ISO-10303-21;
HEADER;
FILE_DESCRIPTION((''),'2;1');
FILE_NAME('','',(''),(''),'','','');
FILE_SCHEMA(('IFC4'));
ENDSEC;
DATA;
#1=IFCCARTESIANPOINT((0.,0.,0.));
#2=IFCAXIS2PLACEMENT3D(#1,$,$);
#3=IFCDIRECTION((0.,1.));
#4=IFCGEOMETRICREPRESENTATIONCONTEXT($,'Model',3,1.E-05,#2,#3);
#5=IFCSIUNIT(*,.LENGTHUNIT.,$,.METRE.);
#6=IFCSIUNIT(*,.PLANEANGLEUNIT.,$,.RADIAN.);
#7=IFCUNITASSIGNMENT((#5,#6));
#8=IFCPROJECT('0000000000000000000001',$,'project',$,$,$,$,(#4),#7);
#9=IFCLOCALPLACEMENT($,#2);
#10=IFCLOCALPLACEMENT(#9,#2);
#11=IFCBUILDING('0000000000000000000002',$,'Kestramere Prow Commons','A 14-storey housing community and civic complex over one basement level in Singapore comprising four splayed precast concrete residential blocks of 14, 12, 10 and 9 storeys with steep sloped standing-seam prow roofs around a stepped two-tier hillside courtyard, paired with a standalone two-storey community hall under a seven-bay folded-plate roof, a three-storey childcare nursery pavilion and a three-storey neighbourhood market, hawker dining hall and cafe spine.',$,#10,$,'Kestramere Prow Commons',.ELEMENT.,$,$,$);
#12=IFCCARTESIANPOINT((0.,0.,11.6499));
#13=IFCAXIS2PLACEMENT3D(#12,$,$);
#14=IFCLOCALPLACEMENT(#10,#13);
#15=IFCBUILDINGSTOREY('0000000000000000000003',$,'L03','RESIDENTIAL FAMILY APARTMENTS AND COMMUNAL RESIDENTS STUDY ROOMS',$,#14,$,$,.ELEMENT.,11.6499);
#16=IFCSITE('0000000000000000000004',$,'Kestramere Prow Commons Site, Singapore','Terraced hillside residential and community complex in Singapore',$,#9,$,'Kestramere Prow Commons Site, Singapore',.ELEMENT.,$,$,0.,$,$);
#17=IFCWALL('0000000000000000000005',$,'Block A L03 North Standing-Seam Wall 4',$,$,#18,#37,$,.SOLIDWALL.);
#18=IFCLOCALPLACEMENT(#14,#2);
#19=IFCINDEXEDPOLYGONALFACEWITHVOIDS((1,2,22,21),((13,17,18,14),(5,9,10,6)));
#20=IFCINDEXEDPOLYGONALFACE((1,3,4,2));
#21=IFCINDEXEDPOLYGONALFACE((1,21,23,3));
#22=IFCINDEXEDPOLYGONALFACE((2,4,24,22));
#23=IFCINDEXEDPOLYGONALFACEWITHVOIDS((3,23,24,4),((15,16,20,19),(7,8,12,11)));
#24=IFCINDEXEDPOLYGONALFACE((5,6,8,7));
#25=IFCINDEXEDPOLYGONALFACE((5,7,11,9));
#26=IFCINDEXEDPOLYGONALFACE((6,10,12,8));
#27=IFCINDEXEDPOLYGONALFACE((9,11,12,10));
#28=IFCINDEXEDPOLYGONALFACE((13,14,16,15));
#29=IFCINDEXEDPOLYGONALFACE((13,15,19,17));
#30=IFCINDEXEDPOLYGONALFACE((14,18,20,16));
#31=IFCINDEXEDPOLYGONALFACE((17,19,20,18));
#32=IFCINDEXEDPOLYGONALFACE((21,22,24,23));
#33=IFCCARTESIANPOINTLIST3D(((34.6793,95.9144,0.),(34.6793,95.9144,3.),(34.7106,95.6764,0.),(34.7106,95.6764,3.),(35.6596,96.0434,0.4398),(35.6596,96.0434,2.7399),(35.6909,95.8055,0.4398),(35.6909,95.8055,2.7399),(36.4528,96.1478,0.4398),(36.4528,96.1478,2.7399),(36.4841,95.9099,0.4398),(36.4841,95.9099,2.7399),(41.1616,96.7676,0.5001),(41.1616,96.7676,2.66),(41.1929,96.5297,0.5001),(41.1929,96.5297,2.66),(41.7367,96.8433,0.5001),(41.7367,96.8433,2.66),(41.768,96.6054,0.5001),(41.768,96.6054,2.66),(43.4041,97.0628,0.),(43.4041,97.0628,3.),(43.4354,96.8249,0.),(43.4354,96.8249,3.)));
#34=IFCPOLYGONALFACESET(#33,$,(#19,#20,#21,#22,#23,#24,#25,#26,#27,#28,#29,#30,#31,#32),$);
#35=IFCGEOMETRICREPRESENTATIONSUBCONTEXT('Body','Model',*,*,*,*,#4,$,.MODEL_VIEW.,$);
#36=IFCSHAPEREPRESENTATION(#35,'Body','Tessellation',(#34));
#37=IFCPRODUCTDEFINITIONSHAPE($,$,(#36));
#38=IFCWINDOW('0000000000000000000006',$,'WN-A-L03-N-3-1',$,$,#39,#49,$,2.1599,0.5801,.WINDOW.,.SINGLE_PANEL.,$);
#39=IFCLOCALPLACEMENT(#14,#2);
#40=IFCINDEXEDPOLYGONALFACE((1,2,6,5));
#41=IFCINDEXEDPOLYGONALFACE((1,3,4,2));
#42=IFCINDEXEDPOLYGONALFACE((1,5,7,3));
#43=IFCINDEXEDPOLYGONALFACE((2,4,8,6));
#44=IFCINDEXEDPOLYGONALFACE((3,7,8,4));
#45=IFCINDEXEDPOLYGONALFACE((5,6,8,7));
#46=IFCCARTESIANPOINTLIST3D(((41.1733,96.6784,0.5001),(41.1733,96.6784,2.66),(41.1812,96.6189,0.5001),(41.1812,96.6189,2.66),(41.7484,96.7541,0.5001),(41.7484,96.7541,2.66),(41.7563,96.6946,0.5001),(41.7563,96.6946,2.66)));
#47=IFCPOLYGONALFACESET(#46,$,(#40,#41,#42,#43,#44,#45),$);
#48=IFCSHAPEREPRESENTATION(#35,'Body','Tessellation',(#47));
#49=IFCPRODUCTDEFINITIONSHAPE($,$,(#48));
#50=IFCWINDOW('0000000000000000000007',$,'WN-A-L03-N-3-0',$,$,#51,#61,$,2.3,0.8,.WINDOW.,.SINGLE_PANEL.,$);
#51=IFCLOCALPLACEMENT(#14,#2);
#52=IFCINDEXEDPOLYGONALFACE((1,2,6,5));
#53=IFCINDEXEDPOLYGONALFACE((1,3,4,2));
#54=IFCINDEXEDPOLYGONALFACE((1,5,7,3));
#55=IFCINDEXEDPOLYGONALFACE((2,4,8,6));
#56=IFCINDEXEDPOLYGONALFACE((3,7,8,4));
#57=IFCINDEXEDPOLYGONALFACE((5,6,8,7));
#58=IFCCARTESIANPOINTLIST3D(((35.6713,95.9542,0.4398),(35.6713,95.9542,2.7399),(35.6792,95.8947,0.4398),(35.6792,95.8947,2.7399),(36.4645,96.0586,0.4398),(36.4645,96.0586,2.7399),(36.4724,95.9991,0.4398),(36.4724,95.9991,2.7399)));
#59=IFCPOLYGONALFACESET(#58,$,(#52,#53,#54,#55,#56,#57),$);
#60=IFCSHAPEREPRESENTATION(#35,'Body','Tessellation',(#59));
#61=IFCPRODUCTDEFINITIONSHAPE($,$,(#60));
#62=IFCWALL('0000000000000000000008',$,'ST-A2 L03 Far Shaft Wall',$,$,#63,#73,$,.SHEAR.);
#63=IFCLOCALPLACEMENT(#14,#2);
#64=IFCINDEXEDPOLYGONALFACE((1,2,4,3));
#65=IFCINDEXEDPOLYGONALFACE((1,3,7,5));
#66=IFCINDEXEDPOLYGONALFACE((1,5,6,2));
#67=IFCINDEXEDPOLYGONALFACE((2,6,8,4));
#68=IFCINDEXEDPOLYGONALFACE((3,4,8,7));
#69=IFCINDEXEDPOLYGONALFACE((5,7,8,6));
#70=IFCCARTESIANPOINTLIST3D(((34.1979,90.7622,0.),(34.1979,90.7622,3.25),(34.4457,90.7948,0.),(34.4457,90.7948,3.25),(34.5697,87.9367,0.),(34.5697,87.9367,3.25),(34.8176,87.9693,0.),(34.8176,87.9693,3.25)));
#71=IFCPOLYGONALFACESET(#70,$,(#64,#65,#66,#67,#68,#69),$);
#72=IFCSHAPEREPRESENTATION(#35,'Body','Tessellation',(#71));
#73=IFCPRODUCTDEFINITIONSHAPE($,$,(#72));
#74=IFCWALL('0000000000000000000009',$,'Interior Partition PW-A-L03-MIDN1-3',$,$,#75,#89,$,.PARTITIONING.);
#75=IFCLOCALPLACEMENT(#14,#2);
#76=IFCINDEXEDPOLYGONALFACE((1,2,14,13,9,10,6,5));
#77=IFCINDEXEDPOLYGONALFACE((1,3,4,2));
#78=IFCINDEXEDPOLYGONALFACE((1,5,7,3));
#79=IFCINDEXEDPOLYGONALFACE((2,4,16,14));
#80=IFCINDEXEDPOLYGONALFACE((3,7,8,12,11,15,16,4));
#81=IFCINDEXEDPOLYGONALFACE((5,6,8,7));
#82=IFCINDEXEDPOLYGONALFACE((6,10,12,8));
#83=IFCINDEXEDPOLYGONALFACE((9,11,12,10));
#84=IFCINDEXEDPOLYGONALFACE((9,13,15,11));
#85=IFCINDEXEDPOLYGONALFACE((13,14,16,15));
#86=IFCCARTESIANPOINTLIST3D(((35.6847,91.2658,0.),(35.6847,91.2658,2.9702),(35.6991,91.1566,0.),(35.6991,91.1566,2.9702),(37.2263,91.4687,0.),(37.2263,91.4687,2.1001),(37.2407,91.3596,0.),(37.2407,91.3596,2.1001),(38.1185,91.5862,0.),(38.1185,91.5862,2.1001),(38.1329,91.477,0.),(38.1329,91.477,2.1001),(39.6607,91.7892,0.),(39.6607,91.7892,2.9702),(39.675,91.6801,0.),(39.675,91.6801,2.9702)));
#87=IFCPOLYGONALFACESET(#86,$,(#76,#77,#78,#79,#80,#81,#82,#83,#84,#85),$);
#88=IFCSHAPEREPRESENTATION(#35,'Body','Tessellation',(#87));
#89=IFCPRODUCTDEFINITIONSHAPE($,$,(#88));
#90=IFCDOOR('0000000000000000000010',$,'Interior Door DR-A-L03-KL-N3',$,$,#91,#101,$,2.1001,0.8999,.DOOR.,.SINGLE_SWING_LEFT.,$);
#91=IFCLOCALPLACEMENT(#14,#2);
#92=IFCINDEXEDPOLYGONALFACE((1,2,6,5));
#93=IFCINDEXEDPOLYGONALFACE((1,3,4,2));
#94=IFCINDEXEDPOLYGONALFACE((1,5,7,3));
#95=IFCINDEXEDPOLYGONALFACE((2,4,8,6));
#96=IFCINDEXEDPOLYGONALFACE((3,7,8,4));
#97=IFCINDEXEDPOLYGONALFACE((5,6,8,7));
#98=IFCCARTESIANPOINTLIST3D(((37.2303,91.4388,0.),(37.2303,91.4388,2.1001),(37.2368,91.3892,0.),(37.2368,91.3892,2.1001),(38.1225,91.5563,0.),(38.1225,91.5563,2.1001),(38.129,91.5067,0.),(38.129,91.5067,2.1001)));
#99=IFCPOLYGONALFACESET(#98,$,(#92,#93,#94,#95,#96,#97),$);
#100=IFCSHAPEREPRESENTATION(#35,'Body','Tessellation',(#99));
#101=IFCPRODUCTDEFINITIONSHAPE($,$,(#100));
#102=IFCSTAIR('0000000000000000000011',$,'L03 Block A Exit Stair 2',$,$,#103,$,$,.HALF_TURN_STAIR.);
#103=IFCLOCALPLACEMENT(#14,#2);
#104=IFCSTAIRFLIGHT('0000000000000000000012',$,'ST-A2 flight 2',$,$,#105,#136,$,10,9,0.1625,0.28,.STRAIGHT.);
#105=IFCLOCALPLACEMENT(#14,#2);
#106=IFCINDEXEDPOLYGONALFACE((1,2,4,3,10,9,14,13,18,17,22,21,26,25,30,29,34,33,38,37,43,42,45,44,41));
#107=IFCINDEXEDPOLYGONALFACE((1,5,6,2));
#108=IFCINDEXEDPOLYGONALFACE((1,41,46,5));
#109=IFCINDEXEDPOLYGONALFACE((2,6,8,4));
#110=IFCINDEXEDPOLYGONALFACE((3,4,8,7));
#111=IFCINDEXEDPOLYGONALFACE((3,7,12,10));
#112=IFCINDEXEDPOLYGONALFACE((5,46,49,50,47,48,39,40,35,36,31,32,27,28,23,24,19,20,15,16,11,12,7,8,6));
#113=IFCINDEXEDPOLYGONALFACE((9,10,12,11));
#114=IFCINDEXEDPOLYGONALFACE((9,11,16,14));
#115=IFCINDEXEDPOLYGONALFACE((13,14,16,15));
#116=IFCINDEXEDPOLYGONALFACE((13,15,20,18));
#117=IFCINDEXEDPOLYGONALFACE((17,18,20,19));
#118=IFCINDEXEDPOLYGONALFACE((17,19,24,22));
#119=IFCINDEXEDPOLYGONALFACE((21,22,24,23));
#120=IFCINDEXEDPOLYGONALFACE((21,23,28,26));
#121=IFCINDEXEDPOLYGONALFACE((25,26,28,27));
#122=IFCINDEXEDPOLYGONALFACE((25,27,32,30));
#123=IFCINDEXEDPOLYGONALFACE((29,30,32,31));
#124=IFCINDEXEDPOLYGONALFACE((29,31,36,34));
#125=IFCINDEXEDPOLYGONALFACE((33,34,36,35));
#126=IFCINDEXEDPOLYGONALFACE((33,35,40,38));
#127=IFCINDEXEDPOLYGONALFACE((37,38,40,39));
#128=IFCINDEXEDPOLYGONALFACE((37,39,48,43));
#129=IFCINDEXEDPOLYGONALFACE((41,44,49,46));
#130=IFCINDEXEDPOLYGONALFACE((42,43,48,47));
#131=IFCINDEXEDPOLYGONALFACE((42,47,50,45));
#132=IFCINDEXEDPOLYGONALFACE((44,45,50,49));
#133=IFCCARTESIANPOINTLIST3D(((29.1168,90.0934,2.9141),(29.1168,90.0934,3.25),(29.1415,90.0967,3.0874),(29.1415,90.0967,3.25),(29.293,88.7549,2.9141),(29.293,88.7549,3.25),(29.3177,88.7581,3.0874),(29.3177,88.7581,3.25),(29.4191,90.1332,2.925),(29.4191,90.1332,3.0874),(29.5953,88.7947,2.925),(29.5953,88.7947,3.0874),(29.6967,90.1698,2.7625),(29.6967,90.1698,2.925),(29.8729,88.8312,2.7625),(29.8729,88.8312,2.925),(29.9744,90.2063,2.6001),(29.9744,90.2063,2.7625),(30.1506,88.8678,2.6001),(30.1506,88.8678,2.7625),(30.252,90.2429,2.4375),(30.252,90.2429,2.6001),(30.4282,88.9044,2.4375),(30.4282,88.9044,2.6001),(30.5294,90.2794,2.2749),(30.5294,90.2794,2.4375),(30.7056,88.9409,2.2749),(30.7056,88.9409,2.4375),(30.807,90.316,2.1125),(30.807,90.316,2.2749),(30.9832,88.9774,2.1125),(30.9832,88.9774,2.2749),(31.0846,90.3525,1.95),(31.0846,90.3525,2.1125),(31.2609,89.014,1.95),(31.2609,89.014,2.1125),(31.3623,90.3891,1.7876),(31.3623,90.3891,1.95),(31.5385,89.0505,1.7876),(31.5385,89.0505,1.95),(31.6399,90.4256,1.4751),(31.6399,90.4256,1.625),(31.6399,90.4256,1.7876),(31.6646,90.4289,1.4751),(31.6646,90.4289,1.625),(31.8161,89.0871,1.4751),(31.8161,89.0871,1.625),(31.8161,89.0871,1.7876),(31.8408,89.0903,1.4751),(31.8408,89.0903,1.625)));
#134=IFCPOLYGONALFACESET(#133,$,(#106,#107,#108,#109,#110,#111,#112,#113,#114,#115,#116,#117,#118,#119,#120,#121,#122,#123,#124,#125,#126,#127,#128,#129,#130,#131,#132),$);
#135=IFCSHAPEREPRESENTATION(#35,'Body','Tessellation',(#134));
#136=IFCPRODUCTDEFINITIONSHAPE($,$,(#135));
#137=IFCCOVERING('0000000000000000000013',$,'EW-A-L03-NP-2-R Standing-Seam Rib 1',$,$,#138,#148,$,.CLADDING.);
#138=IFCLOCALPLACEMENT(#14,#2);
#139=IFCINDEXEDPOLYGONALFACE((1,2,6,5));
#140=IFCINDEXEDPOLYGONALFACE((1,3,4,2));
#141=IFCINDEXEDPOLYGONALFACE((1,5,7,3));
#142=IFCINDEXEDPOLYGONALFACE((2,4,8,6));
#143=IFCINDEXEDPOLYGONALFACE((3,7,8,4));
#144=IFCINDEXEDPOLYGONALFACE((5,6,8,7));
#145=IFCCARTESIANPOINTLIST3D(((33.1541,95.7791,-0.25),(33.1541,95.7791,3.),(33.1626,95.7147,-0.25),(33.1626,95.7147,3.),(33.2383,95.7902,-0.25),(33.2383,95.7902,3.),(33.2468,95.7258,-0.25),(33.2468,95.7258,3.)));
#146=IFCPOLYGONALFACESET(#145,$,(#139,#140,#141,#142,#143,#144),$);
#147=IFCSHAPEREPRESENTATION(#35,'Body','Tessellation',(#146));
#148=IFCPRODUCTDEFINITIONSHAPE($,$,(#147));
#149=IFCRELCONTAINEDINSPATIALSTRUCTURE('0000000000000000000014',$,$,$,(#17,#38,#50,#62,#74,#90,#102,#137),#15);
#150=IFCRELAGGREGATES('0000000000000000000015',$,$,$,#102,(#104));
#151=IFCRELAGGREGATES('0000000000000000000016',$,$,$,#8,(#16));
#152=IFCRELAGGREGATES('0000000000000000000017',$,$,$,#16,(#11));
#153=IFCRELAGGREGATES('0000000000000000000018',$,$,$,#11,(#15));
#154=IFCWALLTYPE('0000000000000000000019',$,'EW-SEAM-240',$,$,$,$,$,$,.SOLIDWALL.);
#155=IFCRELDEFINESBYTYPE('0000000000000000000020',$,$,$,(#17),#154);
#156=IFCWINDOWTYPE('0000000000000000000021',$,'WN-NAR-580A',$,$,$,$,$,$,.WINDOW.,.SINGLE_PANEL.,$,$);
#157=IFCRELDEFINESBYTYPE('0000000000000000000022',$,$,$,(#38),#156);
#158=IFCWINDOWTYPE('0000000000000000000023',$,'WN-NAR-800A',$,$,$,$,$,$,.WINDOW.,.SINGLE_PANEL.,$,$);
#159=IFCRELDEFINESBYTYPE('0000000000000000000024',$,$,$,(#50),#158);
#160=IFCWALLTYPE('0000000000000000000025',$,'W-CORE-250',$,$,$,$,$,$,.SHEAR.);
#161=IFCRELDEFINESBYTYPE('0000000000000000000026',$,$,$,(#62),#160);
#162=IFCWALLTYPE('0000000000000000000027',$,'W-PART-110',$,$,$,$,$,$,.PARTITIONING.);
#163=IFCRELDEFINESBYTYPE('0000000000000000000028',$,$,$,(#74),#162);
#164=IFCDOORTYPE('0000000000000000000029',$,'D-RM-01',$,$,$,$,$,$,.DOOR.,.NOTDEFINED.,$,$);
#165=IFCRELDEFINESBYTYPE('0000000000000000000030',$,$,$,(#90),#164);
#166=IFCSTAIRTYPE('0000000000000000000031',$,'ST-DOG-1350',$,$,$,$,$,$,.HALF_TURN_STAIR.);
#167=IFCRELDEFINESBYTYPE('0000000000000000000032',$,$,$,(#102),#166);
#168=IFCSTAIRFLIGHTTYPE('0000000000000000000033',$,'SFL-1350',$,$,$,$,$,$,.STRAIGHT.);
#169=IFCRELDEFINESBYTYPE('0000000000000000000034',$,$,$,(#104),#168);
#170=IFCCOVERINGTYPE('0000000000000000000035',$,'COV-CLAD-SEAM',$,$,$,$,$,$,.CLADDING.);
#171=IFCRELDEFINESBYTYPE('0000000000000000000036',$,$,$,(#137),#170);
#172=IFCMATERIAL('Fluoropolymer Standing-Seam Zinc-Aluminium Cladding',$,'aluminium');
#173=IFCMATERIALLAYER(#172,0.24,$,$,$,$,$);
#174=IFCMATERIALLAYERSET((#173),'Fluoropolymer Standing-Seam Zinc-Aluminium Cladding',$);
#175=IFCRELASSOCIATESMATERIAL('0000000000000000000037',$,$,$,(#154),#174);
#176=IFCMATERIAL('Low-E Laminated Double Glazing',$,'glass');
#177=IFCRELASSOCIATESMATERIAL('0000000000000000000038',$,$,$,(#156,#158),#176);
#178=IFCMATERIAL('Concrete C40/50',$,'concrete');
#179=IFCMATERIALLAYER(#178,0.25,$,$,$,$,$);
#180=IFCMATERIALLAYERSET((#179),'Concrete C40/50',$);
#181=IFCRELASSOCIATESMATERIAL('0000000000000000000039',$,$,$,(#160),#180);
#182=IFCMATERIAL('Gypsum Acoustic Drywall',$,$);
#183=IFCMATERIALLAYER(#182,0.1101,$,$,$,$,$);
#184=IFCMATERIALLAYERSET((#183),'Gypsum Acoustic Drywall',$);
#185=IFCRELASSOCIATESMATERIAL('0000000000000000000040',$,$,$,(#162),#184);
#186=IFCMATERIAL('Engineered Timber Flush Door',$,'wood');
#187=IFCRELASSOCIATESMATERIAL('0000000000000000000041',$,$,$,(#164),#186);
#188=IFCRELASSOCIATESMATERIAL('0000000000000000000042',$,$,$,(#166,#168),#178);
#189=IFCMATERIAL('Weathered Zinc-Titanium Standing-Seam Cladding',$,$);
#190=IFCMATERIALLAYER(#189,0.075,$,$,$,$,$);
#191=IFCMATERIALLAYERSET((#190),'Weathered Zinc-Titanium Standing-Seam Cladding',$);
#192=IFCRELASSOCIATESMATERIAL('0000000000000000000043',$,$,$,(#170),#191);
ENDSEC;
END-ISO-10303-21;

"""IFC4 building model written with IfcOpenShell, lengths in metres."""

from ifc_helpers import new_model, si_unit, direction, frame, frame_2d, origin, origin_2d, place, context, subcontext, project, spatial, polyline, rectangle, outline, extrude, material, layer, layer_set, type_object, element, fill, aggregate, save


model = new_model("IFC4")

# Units and contexts
model_context = context("Model", 3, precision=1e-05, world=origin(), true_north=direction((0.0, 1.0)))
body_context = subcontext(model_context, "Body", "Model", "MODEL_VIEW")
ifc_project = project(units=[si_unit("LENGTHUNIT", "METRE"), si_unit("PLANEANGLEUNIT", "RADIAN")], contexts=[model_context])

# Site, building, storey
site_placement = place(None, origin())
site = spatial("IfcSite", under=ifc_project, at=site_placement, Name="Kestramere Prow Commons Site, Singapore", Description="Terraced hillside residential and community complex in Singapore", LongName="Kestramere Prow Commons Site, Singapore", CompositionType="ELEMENT", RefElevation=0.0)
building_placement = place(site_placement, origin())
building = spatial("IfcBuilding", under=site, at=building_placement, Name="Kestramere Prow Commons", Description="A 14-storey housing community and civic complex over one basement level in Singapore comprising four splayed precast concrete residential blocks of 14, 12, 10 and 9 storeys with steep sloped standing-seam prow roofs around a stepped two-tier hillside courtyard, paired with a standalone two-storey community hall under a seven-bay folded-plate roof, a three-storey childcare nursery pavilion and a three-storey neighbourhood market, hawker dining hall and cafe spine.", LongName="Kestramere Prow Commons", CompositionType="ELEMENT")
storey_placement = place(building_placement, frame((0.0, 0.0, 11.6499)))
storey = spatial("IfcBuildingStorey", under=building, at=storey_placement, Name="L03", Description="RESIDENTIAL FAMILY APARTMENTS AND COMMUNAL RESIDENTS STUDY ROOMS", CompositionType="ELEMENT", Elevation=11.6499)

# Shared definitions
ifc_material_1 = material(Name="Concrete C40/50", Category="concrete")

# Shared definitions
ifc_material_2 = material(Name="Low-E Laminated Double Glazing", Category="glass")

# Shared definitions
ifc_material_3 = material(Name="Fluoropolymer Standing-Seam Zinc-Aluminium Cladding", Category="aluminium")
ifc_layer_1 = layer(ifc_material_3, 0.24)
ifc_layer_set_1 = layer_set([ifc_layer_1], Name="Fluoropolymer Standing-Seam Zinc-Aluminium Cladding")
wall_type_1 = type_object("IfcWallType", Name="EW-SEAM-240", PredefinedType="SOLIDWALL", material=ifc_layer_set_1)

# Wall, openings, windows
wall_1_placement = place(storey_placement, frame((34.6951, 95.7954, 0.0), z_axis=(0.0, 0.0, 1.0), x_axis=(0.991448, 0.130503, 0.0)))
wall_1 = element("IfcWall", 1, at=wall_1_placement, inside=storey, type_object=wall_type_1, Name="Block A L03 North Standing-Seam Wall 4", PredefinedType="SOLIDWALL", context=body_context, shape_type="SweptSolid", body=[
    extrude(rectangle(XDim=8.8, YDim=0.24, at=frame_2d((4.3999, 0.0))), origin(), (0.0, 0.0, 1.0), 3.0),
])
opening_1_placement = place(wall_1_placement, frame((0.9888, 0.0, 0.4399)))
opening_1 = element("IfcOpeningElement", 2, at=opening_1_placement, cuts=wall_1, PredefinedType="OPENING", context=body_context, shape_type="SweptSolid", body=[
    extrude(rectangle(XDim=0.8, YDim=2.3, at=frame_2d((0.3999, 1.1499))), frame((0.0, 0.135, 0.0), z_axis=(0.0, -1.0, 0.0), x_axis=(1.0, 0.0, 0.0)), (0.0, 0.0, 1.0), 0.27),
])
opening_2_placement = place(wall_1_placement, frame((6.5381, 0.0, 0.5)))
opening_2 = element("IfcOpeningElement", 3, at=opening_2_placement, cuts=wall_1, PredefinedType="OPENING", context=body_context, shape_type="SweptSolid", body=[
    extrude(rectangle(XDim=0.5801, YDim=2.1599, at=frame_2d((0.29, 1.0801))), frame((0.0, 0.135, 0.0), z_axis=(0.0, -1.0, 0.0), x_axis=(1.0, 0.0, 0.0)), (0.0, 0.0, 1.0), 0.27),
])
window_type_1 = type_object("IfcWindowType", Name="WN-NAR-580A", PartitioningType="SINGLE_PANEL", PredefinedType="WINDOW", material=ifc_material_2)
window_1_placement = place(opening_2_placement, origin())
window_1 = element("IfcWindow", 4, at=window_1_placement, inside=storey, type_object=window_type_1, Name="WN-A-L03-N-3-1", OverallHeight=2.1599, OverallWidth=0.5801, PartitioningType="SINGLE_PANEL", PredefinedType="WINDOW", context=body_context, shape_type="SweptSolid", body=[
    extrude(rectangle(XDim=0.5801, YDim=2.1599, at=frame_2d((0.29, 1.0801))), frame((0.0, 0.03, 0.0), z_axis=(0.0, -1.0, 0.0), x_axis=(1.0, 0.0, 0.0)), (0.0, 0.0, 1.0), 0.0601),
])
fill(opening_2, window_1)
window_type_2 = type_object("IfcWindowType", Name="WN-NAR-800A", PartitioningType="SINGLE_PANEL", PredefinedType="WINDOW", material=ifc_material_2)
window_2_placement = place(opening_1_placement, origin())
window_2 = element("IfcWindow", 5, at=window_2_placement, inside=storey, type_object=window_type_2, Name="WN-A-L03-N-3-0", OverallHeight=2.3, OverallWidth=0.8, PartitioningType="SINGLE_PANEL", PredefinedType="WINDOW", context=body_context, shape_type="SweptSolid", body=[
    extrude(rectangle(XDim=0.8, YDim=2.3, at=frame_2d((0.3999, 1.1499))), frame((0.0, 0.03, 0.0), z_axis=(0.0, -1.0, 0.0), x_axis=(1.0, 0.0, 0.0)), (0.0, 0.0, 1.0), 0.0601),
])
fill(opening_1, window_2)

# Wall
ifc_layer_2 = layer(ifc_material_1, 0.25)
ifc_layer_set_2 = layer_set([ifc_layer_2], Name="Concrete C40/50")
wall_type_2 = type_object("IfcWallType", Name="W-CORE-250", PredefinedType="SHEAR", material=ifc_layer_set_2)
wall_2_placement = place(storey_placement, frame((34.6936, 87.9531, 0.0), z_axis=(0.0, 0.0, 1.0), x_axis=(-0.130474, 0.991452, 0.0)))
element("IfcWall", 6, at=wall_2_placement, inside=storey, type_object=wall_type_2, Name="ST-A2 L03 Far Shaft Wall", PredefinedType="SHEAR", context=body_context, shape_type="SweptSolid", body=[
    extrude(rectangle(XDim=2.8499, YDim=0.25, at=frame_2d((1.4248, 0.0))), origin(), (0.0, 0.0, 1.0), 3.25),
])

# Wall, opening, door
ifc_material_4 = material(Name="Gypsum Acoustic Drywall")
ifc_layer_3 = layer(ifc_material_4, 0.1101)
ifc_layer_set_3 = layer_set([ifc_layer_3], Name="Gypsum Acoustic Drywall")
wall_type_3 = type_object("IfcWallType", Name="W-PART-110", PredefinedType="PARTITIONING", material=ifc_layer_set_3)
wall_3_placement = place(storey_placement, frame((35.6919, 91.2112, 0.0), z_axis=(0.0, 0.0, 1.0), x_axis=(0.991445, 0.130529, 0.0)))
wall_3 = element("IfcWall", 7, at=wall_3_placement, inside=storey, type_object=wall_type_3, Name="Interior Partition PW-A-L03-MIDN1-3", PredefinedType="PARTITIONING", context=body_context, shape_type="SweptSolid", body=[
    extrude(rectangle(XDim=4.0103, YDim=0.1101, at=frame_2d((2.0051, 0.0))), origin(), (0.0, 0.0, 1.0), 2.9702),
])
opening_3_placement = place(wall_3_placement, frame((1.5549, 0.0, 0.0)))
opening_3 = element("IfcOpeningElement", 8, at=opening_3_placement, cuts=wall_3, PredefinedType="OPENING", context=body_context, shape_type="SweptSolid", body=[
    extrude(rectangle(XDim=0.8999, YDim=2.1001, at=frame_2d((0.45, 1.05))), frame((0.0, 0.0701, 0.0), z_axis=(0.0, -1.0, 0.0), x_axis=(1.0, 0.0, 0.0)), (0.0, 0.0, 1.0), 0.1401),
])
ifc_material_5 = material(Name="Engineered Timber Flush Door", Category="wood")
door_type = type_object("IfcDoorType", Name="D-RM-01", OperationType="NOTDEFINED", PredefinedType="DOOR", material=ifc_material_5)
door_placement = place(opening_3_placement, origin())
door = element("IfcDoor", 9, at=door_placement, inside=storey, type_object=door_type, Name="Interior Door DR-A-L03-KL-N3", OperationType="SINGLE_SWING_LEFT", OverallHeight=2.1001, OverallWidth=0.8999, PredefinedType="DOOR", context=body_context, shape_type="SweptSolid", body=[
    extrude(rectangle(XDim=0.8999, YDim=2.1001, at=frame_2d((0.45, 1.05))), frame((0.0, 0.0249, 0.0), z_axis=(0.0, -1.0, 0.0), x_axis=(1.0, 0.0, 0.0)), (0.0, 0.0, 1.0), 0.05),
])
fill(opening_3, door)

# Stair, stair flight
stair_type = type_object("IfcStairType", Name="ST-DOG-1350", PredefinedType="HALF_TURN_STAIR", material=ifc_material_1)
stair_placement = place(storey_placement, origin())
stair = element("IfcStair", 10, at=stair_placement, inside=storey, type_object=stair_type, Name="L03 Block A Exit Stair 2", PredefinedType="HALF_TURN_STAIR")
stair_flight_type = type_object("IfcStairFlightType", Name="SFL-1350", PredefinedType="STRAIGHT", material=ifc_material_1)
stair_flight_placement = place(storey_placement, frame((31.728, 89.7563, 1.625), z_axis=(0.0, 0.0, 1.0), x_axis=(-0.991445, -0.130526, 0.0)))
stair_flight = element("IfcStairFlight", 11, at=stair_flight_placement, type_object=stair_flight_type, Name="ST-A2 flight 2", NumberOfRisers=10, NumberOfTreads=9, PredefinedType="STRAIGHT", RiserHeight=0.1625, TreadLength=0.28, context=body_context, shape_type="SweptSolid", body=[
    extrude(outline(polyline([(-0.0249, 0.0), (0.0, 0.0), (0.0, 0.1626), (0.28, 0.1626), (0.28, 0.325), (0.5601, 0.325), (0.5601, 0.4875), (0.8401, 0.4875), (0.8401, 0.6499), (1.1201, 0.6499), (1.1201, 0.8125), (1.3999, 0.8125), (1.3999, 0.9751), (1.6799, 0.9751), (1.6799, 1.1375), (1.96, 1.1375), (1.96, 1.3), (2.24, 1.3), (2.24, 1.4624), (2.52, 1.4624), (2.52, 1.625), (2.5449, 1.625), (2.5449, 1.2891), (0.0, -0.1499), (-0.0249, -0.1499), (-0.0249, 0.0)])), frame((0.0, 0.675, 0.0), z_axis=(0.0, -1.0, 0.0), x_axis=(1.0, 0.0, 0.0)), (0.0, 0.0, 1.0), 1.3501),
])
aggregate(stair, [stair_flight])

# Covering
ifc_material_6 = material(Name="Weathered Zinc-Titanium Standing-Seam Cladding")
ifc_layer_4 = layer(ifc_material_6, 0.075)
ifc_layer_set_4 = layer_set([ifc_layer_4], Name="Weathered Zinc-Titanium Standing-Seam Cladding")
covering_type = type_object("IfcCoveringType", Name="COV-CLAD-SEAM", PredefinedType="CLADDING", material=ifc_layer_set_4)
covering_placement = place(storey_placement, frame((33.2004, 95.7524, -0.25), z_axis=(0.0, 0.0, 1.0), x_axis=(0.991445, 0.130526, 0.0)))
element("IfcCovering", 12, at=covering_placement, inside=storey, type_object=covering_type, Name="EW-A-L03-NP-2-R Standing-Seam Rib 1", PredefinedType="CLADDING", context=body_context, shape_type="SweptSolid", body=[
    extrude(rectangle(XDim=0.085, YDim=0.0649, at=origin_2d()), origin(), (0.0, 0.0, 1.0), 3.25),
])

save(model, "model.ifc")
